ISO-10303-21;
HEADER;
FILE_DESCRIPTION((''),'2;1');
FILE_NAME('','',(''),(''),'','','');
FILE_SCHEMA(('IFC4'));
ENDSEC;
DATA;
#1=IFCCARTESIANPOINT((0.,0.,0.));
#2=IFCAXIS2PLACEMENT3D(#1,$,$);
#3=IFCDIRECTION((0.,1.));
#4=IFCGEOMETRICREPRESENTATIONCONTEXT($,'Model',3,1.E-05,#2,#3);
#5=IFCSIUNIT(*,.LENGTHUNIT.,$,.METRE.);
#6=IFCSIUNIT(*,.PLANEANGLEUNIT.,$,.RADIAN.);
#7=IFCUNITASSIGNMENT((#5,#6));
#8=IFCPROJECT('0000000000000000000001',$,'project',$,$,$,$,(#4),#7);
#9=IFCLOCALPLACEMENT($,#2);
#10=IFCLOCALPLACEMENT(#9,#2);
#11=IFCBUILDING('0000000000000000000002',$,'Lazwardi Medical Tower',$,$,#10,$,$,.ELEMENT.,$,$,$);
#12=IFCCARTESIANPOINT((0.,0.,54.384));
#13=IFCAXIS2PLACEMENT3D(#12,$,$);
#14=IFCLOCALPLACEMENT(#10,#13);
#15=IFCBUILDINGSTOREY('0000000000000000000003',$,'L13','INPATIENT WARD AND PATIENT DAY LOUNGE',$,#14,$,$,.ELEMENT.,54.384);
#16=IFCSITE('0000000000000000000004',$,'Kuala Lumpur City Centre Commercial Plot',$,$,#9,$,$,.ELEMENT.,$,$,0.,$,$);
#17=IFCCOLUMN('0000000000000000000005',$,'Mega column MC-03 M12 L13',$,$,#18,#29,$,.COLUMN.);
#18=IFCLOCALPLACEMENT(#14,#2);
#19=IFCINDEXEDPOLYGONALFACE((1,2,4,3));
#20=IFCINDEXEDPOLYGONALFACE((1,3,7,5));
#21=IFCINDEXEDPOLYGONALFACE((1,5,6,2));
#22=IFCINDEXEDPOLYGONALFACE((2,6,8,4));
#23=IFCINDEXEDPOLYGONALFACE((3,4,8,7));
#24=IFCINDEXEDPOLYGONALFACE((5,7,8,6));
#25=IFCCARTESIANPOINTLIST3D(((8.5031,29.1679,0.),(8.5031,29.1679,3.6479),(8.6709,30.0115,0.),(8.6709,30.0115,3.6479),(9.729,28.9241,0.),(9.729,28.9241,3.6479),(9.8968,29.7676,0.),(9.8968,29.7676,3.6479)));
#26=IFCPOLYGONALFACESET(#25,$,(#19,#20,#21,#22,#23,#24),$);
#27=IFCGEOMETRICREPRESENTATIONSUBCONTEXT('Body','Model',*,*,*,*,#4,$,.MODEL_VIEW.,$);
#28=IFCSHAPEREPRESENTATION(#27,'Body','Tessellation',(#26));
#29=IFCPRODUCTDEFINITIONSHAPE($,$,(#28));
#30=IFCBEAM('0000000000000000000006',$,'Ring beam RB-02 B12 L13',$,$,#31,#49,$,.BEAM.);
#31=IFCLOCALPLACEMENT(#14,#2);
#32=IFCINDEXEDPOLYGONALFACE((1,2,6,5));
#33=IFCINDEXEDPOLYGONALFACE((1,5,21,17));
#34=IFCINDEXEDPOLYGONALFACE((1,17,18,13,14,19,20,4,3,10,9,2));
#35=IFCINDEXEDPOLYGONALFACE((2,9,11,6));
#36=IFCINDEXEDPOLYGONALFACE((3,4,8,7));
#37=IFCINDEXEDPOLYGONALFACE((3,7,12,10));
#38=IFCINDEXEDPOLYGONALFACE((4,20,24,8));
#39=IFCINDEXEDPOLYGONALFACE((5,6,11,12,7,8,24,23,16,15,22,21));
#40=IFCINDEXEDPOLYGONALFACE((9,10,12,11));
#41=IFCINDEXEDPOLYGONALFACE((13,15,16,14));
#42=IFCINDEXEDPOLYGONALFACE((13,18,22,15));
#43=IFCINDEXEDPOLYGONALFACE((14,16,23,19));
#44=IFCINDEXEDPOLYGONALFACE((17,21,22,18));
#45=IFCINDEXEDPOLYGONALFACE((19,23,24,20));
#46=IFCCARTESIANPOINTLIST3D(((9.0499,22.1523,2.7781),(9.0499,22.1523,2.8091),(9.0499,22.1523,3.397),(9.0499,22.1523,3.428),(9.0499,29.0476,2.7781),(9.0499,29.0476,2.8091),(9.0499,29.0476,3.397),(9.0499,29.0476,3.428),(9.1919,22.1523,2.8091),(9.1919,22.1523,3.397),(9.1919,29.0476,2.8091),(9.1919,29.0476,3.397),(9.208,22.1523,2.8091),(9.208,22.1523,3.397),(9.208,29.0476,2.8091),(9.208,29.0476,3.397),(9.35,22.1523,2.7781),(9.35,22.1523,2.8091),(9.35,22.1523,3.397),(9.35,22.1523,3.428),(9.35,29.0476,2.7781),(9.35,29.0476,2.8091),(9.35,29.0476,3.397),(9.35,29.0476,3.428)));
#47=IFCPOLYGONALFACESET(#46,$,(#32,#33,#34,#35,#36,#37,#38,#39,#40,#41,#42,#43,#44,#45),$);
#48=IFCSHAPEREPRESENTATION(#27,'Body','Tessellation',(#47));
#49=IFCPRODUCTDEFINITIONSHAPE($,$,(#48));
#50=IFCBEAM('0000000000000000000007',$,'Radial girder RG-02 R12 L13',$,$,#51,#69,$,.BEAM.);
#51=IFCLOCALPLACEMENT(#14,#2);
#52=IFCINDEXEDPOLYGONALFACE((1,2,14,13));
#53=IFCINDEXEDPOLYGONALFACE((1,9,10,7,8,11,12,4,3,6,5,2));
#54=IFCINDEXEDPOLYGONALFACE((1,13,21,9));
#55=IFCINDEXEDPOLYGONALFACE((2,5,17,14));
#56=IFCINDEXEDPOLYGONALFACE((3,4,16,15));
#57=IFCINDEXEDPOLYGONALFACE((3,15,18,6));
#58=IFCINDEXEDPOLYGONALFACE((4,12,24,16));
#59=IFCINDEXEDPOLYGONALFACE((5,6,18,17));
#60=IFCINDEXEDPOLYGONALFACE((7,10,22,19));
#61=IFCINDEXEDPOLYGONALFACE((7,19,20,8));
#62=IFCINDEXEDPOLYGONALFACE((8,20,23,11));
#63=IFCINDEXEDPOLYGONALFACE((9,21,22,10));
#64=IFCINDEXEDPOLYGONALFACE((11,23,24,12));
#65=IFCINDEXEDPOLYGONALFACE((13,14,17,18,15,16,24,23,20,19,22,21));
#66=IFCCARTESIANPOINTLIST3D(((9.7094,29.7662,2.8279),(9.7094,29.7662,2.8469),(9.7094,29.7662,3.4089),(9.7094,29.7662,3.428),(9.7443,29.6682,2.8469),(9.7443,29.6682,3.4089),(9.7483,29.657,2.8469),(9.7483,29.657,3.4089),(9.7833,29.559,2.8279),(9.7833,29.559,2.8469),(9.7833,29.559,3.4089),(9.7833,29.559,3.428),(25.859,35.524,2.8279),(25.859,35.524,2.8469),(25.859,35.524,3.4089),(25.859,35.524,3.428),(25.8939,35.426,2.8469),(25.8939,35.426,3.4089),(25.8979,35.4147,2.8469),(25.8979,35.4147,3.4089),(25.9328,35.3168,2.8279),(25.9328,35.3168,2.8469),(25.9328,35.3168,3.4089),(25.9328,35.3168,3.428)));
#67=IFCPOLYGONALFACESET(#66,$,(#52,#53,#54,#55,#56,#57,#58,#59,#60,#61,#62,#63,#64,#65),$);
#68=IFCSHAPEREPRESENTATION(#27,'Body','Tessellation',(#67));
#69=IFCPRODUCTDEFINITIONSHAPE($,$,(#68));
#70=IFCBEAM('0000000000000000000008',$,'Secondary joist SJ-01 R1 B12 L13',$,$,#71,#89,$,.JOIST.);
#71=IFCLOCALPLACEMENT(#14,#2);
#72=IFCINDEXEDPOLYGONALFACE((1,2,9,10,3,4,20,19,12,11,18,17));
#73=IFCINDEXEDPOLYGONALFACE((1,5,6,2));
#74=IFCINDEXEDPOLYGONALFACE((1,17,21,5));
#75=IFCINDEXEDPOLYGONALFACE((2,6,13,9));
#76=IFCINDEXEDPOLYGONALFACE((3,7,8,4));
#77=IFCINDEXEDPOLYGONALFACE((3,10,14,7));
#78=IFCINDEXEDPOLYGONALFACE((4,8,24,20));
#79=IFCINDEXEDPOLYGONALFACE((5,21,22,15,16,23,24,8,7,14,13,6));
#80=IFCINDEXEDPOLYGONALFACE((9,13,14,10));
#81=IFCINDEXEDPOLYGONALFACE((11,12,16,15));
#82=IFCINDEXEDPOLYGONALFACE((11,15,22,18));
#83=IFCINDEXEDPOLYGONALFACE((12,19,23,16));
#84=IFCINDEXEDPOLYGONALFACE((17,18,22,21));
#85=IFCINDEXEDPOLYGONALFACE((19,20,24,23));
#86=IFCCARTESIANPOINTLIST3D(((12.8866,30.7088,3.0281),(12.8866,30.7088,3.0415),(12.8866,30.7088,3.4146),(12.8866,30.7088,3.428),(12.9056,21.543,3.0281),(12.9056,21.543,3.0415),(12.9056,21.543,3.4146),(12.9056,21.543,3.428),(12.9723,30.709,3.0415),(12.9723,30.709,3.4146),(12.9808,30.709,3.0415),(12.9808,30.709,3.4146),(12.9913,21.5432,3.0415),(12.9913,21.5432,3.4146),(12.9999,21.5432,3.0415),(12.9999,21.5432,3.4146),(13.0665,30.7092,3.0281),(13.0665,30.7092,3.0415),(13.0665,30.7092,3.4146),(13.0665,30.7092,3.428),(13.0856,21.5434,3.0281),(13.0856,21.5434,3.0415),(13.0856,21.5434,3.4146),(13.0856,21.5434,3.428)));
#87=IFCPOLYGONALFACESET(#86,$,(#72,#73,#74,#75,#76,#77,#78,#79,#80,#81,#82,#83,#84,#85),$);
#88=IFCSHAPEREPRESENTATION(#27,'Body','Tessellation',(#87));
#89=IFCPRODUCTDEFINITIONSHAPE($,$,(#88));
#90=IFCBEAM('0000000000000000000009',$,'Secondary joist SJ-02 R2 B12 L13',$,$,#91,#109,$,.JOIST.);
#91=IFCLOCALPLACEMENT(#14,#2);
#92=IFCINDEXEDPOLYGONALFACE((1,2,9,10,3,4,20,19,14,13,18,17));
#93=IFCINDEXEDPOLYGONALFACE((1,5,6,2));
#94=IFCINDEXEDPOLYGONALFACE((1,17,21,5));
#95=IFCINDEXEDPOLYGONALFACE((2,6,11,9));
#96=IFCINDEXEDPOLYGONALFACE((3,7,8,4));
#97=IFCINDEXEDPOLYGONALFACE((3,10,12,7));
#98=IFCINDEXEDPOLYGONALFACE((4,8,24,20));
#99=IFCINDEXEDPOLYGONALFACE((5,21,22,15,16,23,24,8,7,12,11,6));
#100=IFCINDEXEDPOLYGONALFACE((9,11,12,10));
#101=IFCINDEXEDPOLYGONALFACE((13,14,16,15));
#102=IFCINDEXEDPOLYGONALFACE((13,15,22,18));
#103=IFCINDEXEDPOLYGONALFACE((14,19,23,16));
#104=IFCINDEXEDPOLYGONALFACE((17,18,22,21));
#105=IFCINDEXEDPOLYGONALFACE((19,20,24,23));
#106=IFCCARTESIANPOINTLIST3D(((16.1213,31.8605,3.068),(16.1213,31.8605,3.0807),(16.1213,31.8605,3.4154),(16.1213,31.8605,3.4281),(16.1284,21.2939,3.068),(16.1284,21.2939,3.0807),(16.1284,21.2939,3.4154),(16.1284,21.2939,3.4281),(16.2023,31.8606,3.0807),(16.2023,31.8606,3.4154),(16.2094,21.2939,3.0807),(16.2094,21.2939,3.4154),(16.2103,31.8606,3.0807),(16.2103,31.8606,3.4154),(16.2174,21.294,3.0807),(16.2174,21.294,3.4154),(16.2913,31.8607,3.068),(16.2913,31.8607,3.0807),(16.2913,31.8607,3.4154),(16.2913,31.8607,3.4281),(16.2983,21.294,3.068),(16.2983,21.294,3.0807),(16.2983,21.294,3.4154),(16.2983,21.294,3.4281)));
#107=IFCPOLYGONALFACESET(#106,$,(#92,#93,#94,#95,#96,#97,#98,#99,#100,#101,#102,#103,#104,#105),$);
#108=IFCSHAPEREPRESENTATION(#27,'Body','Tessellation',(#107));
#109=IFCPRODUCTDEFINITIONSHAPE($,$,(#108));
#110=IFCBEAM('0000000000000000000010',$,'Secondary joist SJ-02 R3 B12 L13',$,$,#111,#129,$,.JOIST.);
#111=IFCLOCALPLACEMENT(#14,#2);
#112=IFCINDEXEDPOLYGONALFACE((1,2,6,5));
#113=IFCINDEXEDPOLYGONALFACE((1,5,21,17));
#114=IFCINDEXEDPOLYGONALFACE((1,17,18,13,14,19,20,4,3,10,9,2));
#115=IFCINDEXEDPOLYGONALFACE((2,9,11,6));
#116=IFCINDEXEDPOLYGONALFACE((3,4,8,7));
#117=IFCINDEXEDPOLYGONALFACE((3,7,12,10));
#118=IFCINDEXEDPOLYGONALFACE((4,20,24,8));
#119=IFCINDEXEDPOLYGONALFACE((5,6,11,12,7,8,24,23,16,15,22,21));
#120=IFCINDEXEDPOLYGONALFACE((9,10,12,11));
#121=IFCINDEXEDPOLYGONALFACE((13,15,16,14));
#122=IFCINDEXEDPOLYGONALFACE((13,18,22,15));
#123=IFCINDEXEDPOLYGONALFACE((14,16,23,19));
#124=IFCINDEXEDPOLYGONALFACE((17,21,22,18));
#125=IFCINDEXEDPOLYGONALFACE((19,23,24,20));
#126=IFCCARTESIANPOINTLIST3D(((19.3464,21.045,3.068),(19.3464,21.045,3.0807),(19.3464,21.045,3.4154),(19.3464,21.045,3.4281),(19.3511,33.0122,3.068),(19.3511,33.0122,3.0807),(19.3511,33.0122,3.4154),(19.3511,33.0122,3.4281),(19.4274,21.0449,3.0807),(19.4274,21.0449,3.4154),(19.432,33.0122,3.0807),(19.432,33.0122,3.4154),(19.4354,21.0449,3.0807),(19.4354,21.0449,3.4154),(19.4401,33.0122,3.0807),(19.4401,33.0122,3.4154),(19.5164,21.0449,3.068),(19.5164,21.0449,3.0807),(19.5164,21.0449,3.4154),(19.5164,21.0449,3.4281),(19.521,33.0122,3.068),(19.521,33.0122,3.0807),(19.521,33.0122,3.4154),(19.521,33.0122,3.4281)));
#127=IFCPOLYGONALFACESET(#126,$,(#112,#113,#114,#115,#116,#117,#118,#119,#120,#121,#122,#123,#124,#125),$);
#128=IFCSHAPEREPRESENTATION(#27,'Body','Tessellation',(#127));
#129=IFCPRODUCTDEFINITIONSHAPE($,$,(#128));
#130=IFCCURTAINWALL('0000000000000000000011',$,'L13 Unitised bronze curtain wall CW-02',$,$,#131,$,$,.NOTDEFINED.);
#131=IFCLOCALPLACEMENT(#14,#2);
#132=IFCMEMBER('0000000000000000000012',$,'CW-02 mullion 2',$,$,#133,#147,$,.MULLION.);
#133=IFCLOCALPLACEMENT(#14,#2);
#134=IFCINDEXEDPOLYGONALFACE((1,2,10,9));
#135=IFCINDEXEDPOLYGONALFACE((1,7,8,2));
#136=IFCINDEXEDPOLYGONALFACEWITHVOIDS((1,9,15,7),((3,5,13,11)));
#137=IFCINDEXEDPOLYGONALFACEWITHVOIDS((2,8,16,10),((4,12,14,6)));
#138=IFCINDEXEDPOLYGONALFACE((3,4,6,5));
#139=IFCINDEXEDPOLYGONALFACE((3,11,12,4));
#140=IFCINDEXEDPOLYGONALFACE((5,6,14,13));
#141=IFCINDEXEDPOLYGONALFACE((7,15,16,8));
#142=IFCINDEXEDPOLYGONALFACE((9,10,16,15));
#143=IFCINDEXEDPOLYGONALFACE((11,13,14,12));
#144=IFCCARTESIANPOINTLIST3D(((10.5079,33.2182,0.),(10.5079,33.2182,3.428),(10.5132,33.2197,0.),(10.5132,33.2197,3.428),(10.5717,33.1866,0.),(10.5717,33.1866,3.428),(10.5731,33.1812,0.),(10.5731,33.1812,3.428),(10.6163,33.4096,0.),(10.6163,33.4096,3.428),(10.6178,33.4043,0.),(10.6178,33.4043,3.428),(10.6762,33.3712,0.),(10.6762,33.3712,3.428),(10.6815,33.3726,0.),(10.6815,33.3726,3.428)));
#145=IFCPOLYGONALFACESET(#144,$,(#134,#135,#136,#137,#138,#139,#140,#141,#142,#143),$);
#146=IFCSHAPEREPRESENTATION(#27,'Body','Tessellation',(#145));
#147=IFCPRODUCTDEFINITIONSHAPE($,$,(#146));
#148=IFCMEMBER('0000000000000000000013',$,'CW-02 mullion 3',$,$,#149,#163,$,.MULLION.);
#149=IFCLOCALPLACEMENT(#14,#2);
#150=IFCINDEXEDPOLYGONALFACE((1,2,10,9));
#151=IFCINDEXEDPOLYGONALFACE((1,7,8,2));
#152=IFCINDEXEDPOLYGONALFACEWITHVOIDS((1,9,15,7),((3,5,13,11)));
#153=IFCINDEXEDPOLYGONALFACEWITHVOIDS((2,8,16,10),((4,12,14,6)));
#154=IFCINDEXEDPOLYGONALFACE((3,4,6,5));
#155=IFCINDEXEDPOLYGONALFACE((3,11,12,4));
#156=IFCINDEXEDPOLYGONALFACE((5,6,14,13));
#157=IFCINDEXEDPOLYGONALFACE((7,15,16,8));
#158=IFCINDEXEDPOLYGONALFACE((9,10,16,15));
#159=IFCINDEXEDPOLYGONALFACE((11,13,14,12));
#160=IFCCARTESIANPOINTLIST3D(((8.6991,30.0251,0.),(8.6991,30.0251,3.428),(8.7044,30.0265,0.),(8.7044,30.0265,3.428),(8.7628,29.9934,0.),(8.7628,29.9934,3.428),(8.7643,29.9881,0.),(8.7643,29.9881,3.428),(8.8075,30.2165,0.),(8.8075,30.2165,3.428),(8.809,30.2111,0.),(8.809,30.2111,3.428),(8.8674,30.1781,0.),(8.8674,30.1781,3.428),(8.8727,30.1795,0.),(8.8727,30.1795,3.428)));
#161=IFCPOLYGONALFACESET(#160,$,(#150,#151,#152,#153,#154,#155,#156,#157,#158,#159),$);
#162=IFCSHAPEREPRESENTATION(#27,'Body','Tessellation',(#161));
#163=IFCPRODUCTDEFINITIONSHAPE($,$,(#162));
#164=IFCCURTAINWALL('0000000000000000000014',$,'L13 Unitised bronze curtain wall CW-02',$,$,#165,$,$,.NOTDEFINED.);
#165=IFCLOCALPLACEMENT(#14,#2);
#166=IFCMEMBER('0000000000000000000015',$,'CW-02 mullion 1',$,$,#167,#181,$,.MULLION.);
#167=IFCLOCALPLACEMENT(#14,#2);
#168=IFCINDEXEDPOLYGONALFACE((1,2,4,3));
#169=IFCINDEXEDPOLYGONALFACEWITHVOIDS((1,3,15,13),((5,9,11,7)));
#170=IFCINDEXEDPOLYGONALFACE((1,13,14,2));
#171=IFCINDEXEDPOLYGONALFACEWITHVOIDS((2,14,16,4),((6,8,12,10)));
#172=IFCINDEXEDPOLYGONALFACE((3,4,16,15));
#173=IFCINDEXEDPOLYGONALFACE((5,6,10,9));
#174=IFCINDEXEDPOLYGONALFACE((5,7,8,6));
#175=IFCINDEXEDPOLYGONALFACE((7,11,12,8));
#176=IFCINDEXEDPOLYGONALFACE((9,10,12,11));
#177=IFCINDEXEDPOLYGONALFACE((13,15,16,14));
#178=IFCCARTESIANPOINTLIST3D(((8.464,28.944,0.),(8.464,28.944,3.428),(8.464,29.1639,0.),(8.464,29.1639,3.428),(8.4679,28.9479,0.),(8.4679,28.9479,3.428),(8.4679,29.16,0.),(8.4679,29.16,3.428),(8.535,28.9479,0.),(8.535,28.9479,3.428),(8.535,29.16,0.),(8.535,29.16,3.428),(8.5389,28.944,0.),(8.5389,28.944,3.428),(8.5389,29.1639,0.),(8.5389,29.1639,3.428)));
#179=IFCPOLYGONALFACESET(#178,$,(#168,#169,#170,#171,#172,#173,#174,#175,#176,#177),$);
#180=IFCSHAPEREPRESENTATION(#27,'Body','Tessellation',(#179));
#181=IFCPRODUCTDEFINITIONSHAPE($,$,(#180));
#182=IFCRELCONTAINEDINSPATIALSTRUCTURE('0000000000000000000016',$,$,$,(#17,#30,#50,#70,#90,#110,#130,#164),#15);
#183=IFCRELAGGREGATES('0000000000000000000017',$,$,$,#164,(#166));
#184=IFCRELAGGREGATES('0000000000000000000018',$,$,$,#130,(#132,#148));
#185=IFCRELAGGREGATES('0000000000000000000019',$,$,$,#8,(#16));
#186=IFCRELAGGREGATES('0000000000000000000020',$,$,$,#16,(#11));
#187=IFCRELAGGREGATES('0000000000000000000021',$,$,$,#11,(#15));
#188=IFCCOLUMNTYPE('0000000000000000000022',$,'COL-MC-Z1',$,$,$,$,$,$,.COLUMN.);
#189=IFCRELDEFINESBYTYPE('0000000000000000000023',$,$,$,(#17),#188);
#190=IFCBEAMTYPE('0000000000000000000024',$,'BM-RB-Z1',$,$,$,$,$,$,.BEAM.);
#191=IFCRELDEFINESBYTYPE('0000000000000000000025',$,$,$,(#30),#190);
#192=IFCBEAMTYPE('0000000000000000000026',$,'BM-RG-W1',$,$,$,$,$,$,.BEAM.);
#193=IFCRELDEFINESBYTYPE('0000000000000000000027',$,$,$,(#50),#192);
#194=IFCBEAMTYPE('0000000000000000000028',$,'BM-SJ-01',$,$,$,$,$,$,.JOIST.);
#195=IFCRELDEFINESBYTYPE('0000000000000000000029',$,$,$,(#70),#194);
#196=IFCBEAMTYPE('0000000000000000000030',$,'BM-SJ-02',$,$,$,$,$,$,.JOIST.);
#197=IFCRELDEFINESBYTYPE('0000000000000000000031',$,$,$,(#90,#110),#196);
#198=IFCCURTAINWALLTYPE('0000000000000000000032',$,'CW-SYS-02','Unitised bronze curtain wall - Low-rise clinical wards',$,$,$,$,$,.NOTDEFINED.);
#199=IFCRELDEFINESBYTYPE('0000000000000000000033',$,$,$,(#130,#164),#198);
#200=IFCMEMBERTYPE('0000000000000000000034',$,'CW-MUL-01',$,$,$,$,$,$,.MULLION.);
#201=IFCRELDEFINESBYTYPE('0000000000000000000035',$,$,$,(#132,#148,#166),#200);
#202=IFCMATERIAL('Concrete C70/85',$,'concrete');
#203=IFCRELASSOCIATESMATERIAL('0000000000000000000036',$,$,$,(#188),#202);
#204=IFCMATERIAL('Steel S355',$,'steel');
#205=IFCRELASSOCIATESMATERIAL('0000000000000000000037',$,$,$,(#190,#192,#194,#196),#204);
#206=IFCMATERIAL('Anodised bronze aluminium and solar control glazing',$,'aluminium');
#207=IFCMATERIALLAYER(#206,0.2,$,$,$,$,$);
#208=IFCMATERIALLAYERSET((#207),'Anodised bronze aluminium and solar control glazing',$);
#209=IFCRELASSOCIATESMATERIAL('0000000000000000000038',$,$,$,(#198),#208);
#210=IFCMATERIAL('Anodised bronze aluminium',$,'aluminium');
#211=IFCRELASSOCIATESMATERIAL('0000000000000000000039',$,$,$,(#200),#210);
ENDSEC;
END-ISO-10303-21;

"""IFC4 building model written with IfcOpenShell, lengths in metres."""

from ifc_helpers import new_model, si_unit, direction, frame, origin, origin_2d, place, context, subcontext, project, spatial, rectangle, hollow_rectangle, i_section, extrude, material, layer, layer_set, material_profile, profile_set, type_object, element, aggregate, save


model = new_model("IFC4")

# Units and contexts
model_context = context("Model", 3, precision=1e-05, world=origin(), true_north=direction((0.0, 1.0)))
body_context = subcontext(model_context, "Body", "Model", "MODEL_VIEW")
ifc_project = project(units=[si_unit("LENGTHUNIT", "METRE"), si_unit("PLANEANGLEUNIT", "RADIAN")], contexts=[model_context])

# Site, building, storey
site_placement = place(None, origin())
site = spatial("IfcSite", under=ifc_project, at=site_placement, Name="Kuala Lumpur City Centre Commercial Plot", CompositionType="ELEMENT", RefElevation=0.0)
building_placement = place(site_placement, origin())
building = spatial("IfcBuilding", under=site, at=building_placement, Name="Lazwardi Medical Tower", CompositionType="ELEMENT")
storey_placement = place(building_placement, frame((0.0, 0.0, 54.384)))
storey = spatial("IfcBuildingStorey", under=building, at=storey_placement, Name="L13", Description="INPATIENT WARD AND PATIENT DAY LOUNGE", CompositionType="ELEMENT", Elevation=54.384)

# Column
ifc_material_1 = material(Name="Concrete C70/85", Category="concrete")
ifc_material_profile_1 = material_profile(ifc_material_1, rectangle(XDim=1.25, YDim=0.8601, at=origin_2d()), Name="CFT-RECT 1250x860")
ifc_profile_set_1 = profile_set([ifc_material_profile_1], Name="Concrete C70/85")
column_type = type_object("IfcColumnType", Name="COL-MC-Z1", PredefinedType="COLUMN", material=ifc_profile_set_1)
column_placement = place(storey_placement, frame((9.2, 29.4678, 0.0), z_axis=(0.0, 0.0, 1.0), x_axis=(-0.980785, 0.19509, 0.0)))
element("IfcColumn", 1, at=column_placement, inside=storey, type_object=column_type, Name="Mega column MC-03 M12 L13", PredefinedType="COLUMN", context=body_context, shape_type="SweptSolid", body=[
    extrude(rectangle(XDim=1.25, YDim=0.8601, at=origin_2d()), origin(), (0.0, 0.0, 1.0), 3.6479),
])

# Beams
ifc_material_2 = material(Name="Steel S355", Category="steel")
ifc_material_profile_2 = material_profile(ifc_material_2, i_section(OverallWidth=0.3, OverallDepth=0.6499, WebThickness=0.0161, FlangeThickness=0.031, at=origin_2d()), Name="HEB 650")
ifc_profile_set_2 = profile_set([ifc_material_profile_2], Name="Steel S355")
beam_type_1 = type_object("IfcBeamType", Name="BM-RB-Z1", PredefinedType="BEAM", material=ifc_profile_set_2)
beam_1_placement = place(storey_placement, frame((9.2, 29.0476, 3.103), z_axis=(0.0, -1.0, 0.0), x_axis=(1.0, 0.0, 0.0)))
element("IfcBeam", 2, at=beam_1_placement, inside=storey, type_object=beam_type_1, Name="Ring beam RB-02 B12 L13", PredefinedType="BEAM", context=body_context, shape_type="SweptSolid", body=[
    extrude(i_section(OverallWidth=0.3, OverallDepth=0.6499, WebThickness=0.0161, FlangeThickness=0.031, at=origin_2d()), origin(), (0.0, 0.0, 1.0), 6.8953),
])
ifc_material_profile_3 = material_profile(ifc_material_2, i_section(OverallWidth=0.22, OverallDepth=0.6001, WebThickness=0.012, FlangeThickness=0.019, at=origin_2d()), Name="IPE 600")
ifc_profile_set_3 = profile_set([ifc_material_profile_3], Name="Steel S355")
beam_type_2 = type_object("IfcBeamType", Name="BM-RG-W1", PredefinedType="BEAM", material=ifc_profile_set_3)
beam_2_placement = place(storey_placement, frame((9.7463, 29.6626, 3.1279), z_axis=(0.941925, 0.335823, 0.0), x_axis=(-0.335823, 0.941925, 0.0)))
element("IfcBeam", 3, at=beam_2_placement, inside=storey, type_object=beam_type_2, Name="Radial girder RG-02 R12 L13", PredefinedType="BEAM", context=body_context, shape_type="SweptSolid", body=[
    extrude(i_section(OverallWidth=0.22, OverallDepth=0.6001, WebThickness=0.012, FlangeThickness=0.019, at=origin_2d()), origin(), (0.0, 0.0, 1.0), 17.1453),
])
ifc_material_profile_4 = material_profile(ifc_material_2, i_section(OverallWidth=0.1799, OverallDepth=0.3999, WebThickness=0.0085, FlangeThickness=0.0134, at=origin_2d()), Name="IPE 400")
ifc_profile_set_4 = profile_set([ifc_material_profile_4], Name="Steel S355")
beam_type_3 = type_object("IfcBeamType", Name="BM-SJ-01", PredefinedType="JOIST", material=ifc_profile_set_4)
beam_3_placement = place(storey_placement, frame((12.9766, 30.709, 3.228), z_axis=(0.002078, -0.999998, 0.0), x_axis=(0.999998, 0.002078, 0.0)))
element("IfcBeam", 4, at=beam_3_placement, inside=storey, type_object=beam_type_3, Name="Secondary joist SJ-01 R1 B12 L13", PredefinedType="JOIST", context=body_context, shape_type="SweptSolid", body=[
    extrude(i_section(OverallWidth=0.1799, OverallDepth=0.3999, WebThickness=0.0085, FlangeThickness=0.0134, at=origin_2d()), origin(), (0.0, 0.0, 1.0), 9.1658),
])
ifc_material_profile_5 = material_profile(ifc_material_2, i_section(OverallWidth=0.1699, OverallDepth=0.3601, WebThickness=0.0081, FlangeThickness=0.0127, at=origin_2d()), Name="IPE 360")
ifc_profile_set_5 = profile_set([ifc_material_profile_5], Name="Steel S355")
beam_type_4 = type_object("IfcBeamType", Name="BM-SJ-02", PredefinedType="JOIST", material=ifc_profile_set_5)
beam_4_placement = place(storey_placement, frame((16.2063, 31.8606, 3.248), z_axis=(0.00067, -1.0, 0.0), x_axis=(1.0, 0.00067, 0.0)))
element("IfcBeam", 5, at=beam_4_placement, inside=storey, type_object=beam_type_4, Name="Secondary joist SJ-02 R2 B12 L13", PredefinedType="JOIST", context=body_context, shape_type="SweptSolid", body=[
    extrude(i_section(OverallWidth=0.1699, OverallDepth=0.3601, WebThickness=0.0081, FlangeThickness=0.0127, at=origin_2d()), origin(), (0.0, 0.0, 1.0), 10.5667),
])
beam_5_placement = place(storey_placement, frame((19.436, 33.0122, 3.248), z_axis=(-0.000388, -1.0, 0.0), x_axis=(1.0, -0.000388, 0.0)))
element("IfcBeam", 6, at=beam_5_placement, inside=storey, type_object=beam_type_4, Name="Secondary joist SJ-02 R3 B12 L13", PredefinedType="JOIST", context=body_context, shape_type="SweptSolid", body=[
    extrude(i_section(OverallWidth=0.1699, OverallDepth=0.3601, WebThickness=0.0081, FlangeThickness=0.0127, at=origin_2d()), origin(), (0.0, 0.0, 1.0), 11.9673),
])

# Curtain wall, members
ifc_material_3 = material(Name="Anodised bronze aluminium and solar control glazing", Category="aluminium")
ifc_layer_1 = layer(ifc_material_3, 0.2)
ifc_layer_set_1 = layer_set([ifc_layer_1], Name="Anodised bronze aluminium and solar control glazing")
curtain_wall_type = type_object("IfcCurtainWallType", Name="CW-SYS-02", Description="Unitised bronze curtain wall - Low-rise clinical wards", PredefinedType="NOTDEFINED", material=ifc_layer_set_1)
curtain_wall_1_placement = place(storey_placement, origin())
curtain_wall_1 = element("IfcCurtainWall", 7, at=curtain_wall_1_placement, inside=storey, type_object=curtain_wall_type, Name="L13 Unitised bronze curtain wall CW-02", PredefinedType="NOTDEFINED")
ifc_material_4 = material(Name="Anodised bronze aluminium", Category="aluminium")
ifc_material_profile_6 = material_profile(ifc_material_4, hollow_rectangle(XDim=0.075, YDim=0.22, WallThickness=0.0039, at=origin_2d()), Name="ALU-MULLION 220x75x4")
ifc_profile_set_6 = profile_set([ifc_material_profile_6], Name="Anodised bronze aluminium")
member_type_1 = type_object("IfcMemberType", Name="CW-MUL-01", PredefinedType="MULLION", material=ifc_profile_set_6)
member_1_placement = place(storey_placement, frame((10.5947, 33.2954, 0.0), z_axis=(0.0, 0.0, 1.0), x_axis=(0.870112, -0.492854, 0.0)))
member_1 = element("IfcMember", 8, at=member_1_placement, type_object=member_type_1, Name="CW-02 mullion 2", PredefinedType="MULLION", context=body_context, shape_type="SweptSolid", body=[
    extrude(hollow_rectangle(XDim=0.075, YDim=0.22, WallThickness=0.0039, at=origin_2d()), origin(), (0.0, 0.0, 1.0), 3.428),
])
member_2_placement = place(storey_placement, frame((8.7859, 30.1023, 0.0), z_axis=(0.0, 0.0, 1.0), x_axis=(0.870112, -0.492854, 0.0)))
member_2 = element("IfcMember", 9, at=member_2_placement, type_object=member_type_1, Name="CW-02 mullion 3", PredefinedType="MULLION", context=body_context, shape_type="SweptSolid", body=[
    extrude(hollow_rectangle(XDim=0.075, YDim=0.22, WallThickness=0.0039, at=origin_2d()), origin(), (0.0, 0.0, 1.0), 3.428),
])

# Curtain wall, member
curtain_wall_2_placement = place(storey_placement, origin())
curtain_wall_2 = element("IfcCurtainWall", 10, at=curtain_wall_2_placement, inside=storey, type_object=curtain_wall_type, Name="L13 Unitised bronze curtain wall CW-02", PredefinedType="NOTDEFINED")
member_3_placement = place(storey_placement, frame((8.5015, 29.054, 0.0), z_axis=(0.0, 0.0, 1.0), x_axis=(1.0, 0.0, 0.0)))
member_3 = element("IfcMember", 11, at=member_3_placement, type_object=member_type_1, Name="CW-02 mullion 1", PredefinedType="MULLION", context=body_context, shape_type="SweptSolid", body=[
    extrude(hollow_rectangle(XDim=0.075, YDim=0.22, WallThickness=0.0039, at=origin_2d()), origin(), (0.0, 0.0, 1.0), 3.428),
])

aggregate(curtain_wall_2, [member_3])

aggregate(curtain_wall_1, [member_1, member_2])

save(model, "model.ifc")
